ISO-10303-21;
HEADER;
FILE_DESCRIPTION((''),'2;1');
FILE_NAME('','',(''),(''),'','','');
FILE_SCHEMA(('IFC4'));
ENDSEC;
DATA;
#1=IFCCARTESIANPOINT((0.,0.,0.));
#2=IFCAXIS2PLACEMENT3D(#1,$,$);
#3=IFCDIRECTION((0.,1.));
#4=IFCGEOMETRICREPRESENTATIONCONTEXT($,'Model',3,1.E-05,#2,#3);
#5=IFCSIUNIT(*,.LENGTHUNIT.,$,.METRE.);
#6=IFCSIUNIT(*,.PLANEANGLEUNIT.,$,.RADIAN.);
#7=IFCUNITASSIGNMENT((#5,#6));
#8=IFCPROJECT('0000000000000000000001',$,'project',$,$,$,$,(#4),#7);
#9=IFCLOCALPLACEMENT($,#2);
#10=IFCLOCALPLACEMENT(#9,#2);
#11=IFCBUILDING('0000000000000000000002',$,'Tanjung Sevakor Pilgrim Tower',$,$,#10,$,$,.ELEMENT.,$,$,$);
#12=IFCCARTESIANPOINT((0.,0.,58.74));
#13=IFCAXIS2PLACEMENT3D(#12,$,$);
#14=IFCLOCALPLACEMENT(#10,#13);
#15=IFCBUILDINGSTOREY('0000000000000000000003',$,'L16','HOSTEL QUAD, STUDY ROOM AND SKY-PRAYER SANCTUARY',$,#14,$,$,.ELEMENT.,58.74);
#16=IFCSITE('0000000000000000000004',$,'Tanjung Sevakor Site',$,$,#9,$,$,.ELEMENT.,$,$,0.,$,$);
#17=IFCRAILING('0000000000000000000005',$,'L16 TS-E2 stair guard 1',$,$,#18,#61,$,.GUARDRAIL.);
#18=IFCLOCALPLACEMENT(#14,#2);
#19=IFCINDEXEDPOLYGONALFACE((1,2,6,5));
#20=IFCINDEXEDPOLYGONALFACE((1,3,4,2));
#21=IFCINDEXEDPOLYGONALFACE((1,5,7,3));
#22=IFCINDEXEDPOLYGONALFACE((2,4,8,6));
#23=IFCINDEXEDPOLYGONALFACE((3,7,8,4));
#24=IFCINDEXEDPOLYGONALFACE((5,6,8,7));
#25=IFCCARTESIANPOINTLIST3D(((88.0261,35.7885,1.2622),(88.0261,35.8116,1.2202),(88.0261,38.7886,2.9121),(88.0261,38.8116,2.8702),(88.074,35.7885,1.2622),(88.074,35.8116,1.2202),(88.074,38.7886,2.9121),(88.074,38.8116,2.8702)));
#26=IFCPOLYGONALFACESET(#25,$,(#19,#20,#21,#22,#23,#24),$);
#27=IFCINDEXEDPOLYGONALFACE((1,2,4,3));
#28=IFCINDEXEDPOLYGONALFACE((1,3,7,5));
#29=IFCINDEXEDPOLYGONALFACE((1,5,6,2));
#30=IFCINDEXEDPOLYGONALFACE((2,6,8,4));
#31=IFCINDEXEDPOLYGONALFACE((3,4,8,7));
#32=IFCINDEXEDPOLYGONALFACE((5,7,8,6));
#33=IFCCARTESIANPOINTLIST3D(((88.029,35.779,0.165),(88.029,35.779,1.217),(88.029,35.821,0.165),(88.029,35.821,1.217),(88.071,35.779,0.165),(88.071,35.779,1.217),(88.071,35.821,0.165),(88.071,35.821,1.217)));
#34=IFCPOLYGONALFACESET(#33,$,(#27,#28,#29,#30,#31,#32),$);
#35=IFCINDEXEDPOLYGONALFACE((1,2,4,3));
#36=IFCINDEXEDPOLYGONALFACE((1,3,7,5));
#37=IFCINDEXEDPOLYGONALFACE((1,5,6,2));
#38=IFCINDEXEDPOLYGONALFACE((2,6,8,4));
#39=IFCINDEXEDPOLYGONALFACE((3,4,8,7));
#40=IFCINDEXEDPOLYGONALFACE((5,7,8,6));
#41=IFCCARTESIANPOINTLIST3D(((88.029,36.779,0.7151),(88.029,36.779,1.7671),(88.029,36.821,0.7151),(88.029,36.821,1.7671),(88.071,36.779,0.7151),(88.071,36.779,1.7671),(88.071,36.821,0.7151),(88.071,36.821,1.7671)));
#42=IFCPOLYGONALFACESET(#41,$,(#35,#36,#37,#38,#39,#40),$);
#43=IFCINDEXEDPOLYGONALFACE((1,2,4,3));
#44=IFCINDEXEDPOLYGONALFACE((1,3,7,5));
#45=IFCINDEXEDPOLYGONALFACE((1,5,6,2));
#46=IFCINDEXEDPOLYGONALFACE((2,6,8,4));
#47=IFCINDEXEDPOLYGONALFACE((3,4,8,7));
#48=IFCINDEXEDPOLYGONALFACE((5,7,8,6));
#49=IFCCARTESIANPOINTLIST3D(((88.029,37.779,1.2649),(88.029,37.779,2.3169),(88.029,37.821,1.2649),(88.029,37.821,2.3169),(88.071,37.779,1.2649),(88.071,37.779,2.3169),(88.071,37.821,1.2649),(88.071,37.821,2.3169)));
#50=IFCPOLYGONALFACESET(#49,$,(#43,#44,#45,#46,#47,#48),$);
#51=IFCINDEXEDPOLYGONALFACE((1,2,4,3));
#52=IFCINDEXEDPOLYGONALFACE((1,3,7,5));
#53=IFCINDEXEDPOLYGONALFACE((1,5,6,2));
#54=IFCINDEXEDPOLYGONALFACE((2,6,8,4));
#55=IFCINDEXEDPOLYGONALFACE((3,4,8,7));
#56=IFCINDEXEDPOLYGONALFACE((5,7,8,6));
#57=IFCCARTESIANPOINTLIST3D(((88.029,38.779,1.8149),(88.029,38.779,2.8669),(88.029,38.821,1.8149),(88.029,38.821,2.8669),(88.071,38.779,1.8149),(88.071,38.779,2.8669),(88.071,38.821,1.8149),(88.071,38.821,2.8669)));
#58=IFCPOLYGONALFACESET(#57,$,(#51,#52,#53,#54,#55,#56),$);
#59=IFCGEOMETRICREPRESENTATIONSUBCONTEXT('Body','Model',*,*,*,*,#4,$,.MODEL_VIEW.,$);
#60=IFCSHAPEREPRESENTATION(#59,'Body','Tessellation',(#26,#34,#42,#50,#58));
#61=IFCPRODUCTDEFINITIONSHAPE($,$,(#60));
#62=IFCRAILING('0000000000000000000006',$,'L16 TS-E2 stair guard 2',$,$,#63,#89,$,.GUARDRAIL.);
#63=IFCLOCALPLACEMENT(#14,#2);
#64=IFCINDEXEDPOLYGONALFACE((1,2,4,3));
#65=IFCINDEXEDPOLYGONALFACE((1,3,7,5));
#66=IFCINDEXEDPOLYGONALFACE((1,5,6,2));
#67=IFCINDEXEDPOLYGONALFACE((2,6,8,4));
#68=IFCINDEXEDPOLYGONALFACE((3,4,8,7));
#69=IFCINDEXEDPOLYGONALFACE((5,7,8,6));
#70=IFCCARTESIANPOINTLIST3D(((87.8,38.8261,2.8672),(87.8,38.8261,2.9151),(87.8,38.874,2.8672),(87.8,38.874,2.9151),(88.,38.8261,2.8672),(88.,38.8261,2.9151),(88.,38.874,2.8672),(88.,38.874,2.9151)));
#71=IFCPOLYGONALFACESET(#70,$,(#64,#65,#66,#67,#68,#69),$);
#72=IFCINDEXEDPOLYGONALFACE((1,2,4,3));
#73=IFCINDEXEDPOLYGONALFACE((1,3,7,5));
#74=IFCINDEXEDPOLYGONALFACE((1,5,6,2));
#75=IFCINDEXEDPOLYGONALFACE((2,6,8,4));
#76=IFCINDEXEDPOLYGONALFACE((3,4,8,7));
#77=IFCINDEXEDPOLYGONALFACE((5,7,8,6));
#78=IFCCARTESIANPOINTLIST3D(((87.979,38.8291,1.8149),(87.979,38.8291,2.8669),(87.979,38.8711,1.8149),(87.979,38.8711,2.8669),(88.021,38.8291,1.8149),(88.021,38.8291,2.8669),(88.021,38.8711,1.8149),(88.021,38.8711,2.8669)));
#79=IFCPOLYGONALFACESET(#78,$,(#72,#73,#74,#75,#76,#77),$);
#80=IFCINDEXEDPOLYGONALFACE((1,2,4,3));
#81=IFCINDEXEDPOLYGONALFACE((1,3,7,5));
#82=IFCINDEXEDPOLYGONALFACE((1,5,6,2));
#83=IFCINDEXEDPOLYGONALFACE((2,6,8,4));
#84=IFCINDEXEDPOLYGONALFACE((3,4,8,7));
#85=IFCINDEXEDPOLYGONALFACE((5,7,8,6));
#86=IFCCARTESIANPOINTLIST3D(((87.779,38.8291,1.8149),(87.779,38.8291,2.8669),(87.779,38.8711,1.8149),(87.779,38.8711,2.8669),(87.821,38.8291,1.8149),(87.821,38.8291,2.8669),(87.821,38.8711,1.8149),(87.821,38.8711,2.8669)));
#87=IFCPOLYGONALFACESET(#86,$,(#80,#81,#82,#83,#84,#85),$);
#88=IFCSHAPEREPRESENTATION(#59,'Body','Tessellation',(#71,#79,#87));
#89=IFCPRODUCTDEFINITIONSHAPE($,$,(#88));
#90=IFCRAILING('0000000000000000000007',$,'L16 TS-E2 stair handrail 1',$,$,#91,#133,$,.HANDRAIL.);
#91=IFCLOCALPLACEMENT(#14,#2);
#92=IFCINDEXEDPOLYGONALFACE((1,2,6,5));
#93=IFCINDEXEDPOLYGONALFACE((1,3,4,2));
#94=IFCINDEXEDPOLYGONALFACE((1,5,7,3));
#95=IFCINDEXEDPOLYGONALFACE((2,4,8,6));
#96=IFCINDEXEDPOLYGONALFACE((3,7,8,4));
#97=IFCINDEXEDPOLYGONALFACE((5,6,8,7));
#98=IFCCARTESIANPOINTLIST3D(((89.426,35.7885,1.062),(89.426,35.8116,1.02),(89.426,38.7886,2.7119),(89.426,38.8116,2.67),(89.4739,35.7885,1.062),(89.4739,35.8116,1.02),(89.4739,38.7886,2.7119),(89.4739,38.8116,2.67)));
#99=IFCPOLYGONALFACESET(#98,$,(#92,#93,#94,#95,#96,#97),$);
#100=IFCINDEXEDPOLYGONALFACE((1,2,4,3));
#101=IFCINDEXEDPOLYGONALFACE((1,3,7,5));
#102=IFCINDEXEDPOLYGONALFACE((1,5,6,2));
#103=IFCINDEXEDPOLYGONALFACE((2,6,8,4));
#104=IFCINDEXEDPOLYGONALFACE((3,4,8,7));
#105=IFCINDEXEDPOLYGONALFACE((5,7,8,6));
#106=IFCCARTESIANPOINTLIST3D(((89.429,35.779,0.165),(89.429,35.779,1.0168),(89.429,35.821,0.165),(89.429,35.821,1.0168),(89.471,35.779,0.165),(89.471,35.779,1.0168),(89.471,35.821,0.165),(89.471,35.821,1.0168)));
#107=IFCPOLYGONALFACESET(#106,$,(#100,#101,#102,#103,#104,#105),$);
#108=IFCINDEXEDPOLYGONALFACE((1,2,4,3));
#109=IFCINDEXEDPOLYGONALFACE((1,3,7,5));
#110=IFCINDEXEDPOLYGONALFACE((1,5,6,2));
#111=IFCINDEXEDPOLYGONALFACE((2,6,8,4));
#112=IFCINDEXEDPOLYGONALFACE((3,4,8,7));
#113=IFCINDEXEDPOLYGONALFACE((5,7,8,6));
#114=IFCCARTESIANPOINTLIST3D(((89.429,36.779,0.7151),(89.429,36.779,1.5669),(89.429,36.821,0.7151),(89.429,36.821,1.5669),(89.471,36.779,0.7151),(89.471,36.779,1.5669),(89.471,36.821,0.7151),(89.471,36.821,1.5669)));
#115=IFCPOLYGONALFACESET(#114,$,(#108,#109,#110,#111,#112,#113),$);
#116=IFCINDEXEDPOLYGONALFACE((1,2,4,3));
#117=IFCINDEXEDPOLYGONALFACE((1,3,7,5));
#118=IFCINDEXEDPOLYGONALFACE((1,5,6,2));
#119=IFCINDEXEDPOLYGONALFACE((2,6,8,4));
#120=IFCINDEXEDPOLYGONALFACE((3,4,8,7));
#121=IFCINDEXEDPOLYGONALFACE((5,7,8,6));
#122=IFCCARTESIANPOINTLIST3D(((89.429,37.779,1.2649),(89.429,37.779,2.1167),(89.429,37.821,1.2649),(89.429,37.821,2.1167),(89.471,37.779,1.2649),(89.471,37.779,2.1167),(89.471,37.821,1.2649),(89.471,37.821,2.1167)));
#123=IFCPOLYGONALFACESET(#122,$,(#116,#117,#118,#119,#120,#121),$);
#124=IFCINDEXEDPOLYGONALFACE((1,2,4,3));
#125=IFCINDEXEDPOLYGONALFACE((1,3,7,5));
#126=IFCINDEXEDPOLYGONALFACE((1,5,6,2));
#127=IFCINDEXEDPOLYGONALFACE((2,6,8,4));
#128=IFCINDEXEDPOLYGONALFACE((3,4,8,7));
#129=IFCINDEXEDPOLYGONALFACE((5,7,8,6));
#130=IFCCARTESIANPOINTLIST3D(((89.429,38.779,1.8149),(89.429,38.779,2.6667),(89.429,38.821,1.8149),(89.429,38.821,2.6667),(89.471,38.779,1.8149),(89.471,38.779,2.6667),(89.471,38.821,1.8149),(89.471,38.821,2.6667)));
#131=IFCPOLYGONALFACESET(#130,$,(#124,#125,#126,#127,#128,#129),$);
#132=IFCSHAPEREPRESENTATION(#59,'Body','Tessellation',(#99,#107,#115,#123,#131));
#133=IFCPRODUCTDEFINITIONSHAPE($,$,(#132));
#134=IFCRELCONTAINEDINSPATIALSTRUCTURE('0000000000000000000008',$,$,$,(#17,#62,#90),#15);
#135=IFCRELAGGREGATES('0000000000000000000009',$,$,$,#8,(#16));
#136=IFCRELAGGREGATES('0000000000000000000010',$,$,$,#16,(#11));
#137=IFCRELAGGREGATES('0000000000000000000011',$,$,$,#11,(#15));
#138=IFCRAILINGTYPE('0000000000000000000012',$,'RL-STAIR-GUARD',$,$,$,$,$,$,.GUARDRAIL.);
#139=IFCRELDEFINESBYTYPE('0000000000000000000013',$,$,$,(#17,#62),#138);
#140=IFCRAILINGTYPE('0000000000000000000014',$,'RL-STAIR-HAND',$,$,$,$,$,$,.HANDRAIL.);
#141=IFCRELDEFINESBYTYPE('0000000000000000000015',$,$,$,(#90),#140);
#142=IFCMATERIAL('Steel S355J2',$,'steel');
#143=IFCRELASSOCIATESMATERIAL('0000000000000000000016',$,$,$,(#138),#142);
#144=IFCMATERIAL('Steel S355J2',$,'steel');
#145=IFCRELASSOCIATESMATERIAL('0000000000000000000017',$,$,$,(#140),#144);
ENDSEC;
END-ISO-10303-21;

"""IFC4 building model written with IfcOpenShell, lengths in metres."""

from ifc_helpers import new_model, si_unit, direction, frame, origin, place, context, subcontext, project, spatial, rectangle, extrude, material, type_object, element, save


model = new_model("IFC4")

# Units and contexts
model_context = context("Model", 3, precision=1e-05, world=origin(), true_north=direction((0.0, 1.0)))
body_context = subcontext(model_context, "Body", "Model", "MODEL_VIEW")
ifc_project = project(units=[si_unit("LENGTHUNIT", "METRE"), si_unit("PLANEANGLEUNIT", "RADIAN")], contexts=[model_context])

# Site, building, storey
site_placement = place(None, origin())
site = spatial("IfcSite", under=ifc_project, at=site_placement, Name="Tanjung Sevakor Site", CompositionType="ELEMENT", RefElevation=0.0)
building_placement = place(site_placement, origin())
building = spatial("IfcBuilding", under=site, at=building_placement, Name="Tanjung Sevakor Pilgrim Tower", CompositionType="ELEMENT")
storey_placement = place(building_placement, frame((0.0, 0.0, 58.74)))
storey = spatial("IfcBuildingStorey", under=building, at=storey_placement, Name="L16", Description="HOSTEL QUAD, STUDY ROOM AND SKY-PRAYER SANCTUARY", CompositionType="ELEMENT", Elevation=58.74)

# Railings
ifc_material_1 = material(Name="Steel S355J2", Category="steel")
railing_type_1 = type_object("IfcRailingType", Name="RL-STAIR-GUARD", PredefinedType="GUARDRAIL", material=ifc_material_1)
railing_1_placement = place(storey_placement, frame((88.05, 35.8, 0.165)))
element("IfcRailing", 1, at=railing_1_placement, inside=storey, type_object=railing_type_1, Name="L16 TS-E2 stair guard 1", PredefinedType="GUARDRAIL", context=body_context, shape_type="SweptSolid", body=[
    extrude(rectangle(XDim=0.0479, YDim=0.0479), frame((0.0, 0.0, 1.0762), z_axis=(0.0, 0.876228, 0.481897), x_axis=(-1.0, 0.0, 0.0)), (0.0, 0.0, 1.0), 3.4238),
    extrude(rectangle(XDim=0.042, YDim=0.042), origin(), (0.0, 0.0, 1.0), 1.052),
    extrude(rectangle(XDim=0.042, YDim=0.042), frame((0.0, 1.0, 0.55)), (0.0, 0.0, 1.0), 1.052),
    extrude(rectangle(XDim=0.042, YDim=0.042), frame((0.0, 2.0, 1.0999)), (0.0, 0.0, 1.0), 1.052),
    extrude(rectangle(XDim=0.042, YDim=0.042), frame((0.0, 3.0, 1.6499)), (0.0, 0.0, 1.0), 1.052),
])
railing_2_placement = place(storey_placement, frame((88.0, 38.8501, 1.8149)))
element("IfcRailing", 2, at=railing_2_placement, inside=storey, type_object=railing_type_1, Name="L16 TS-E2 stair guard 2", PredefinedType="GUARDRAIL", context=body_context, shape_type="SweptSolid", body=[
    extrude(rectangle(XDim=0.0479, YDim=0.0479), frame((0.0, 0.0, 1.0762), z_axis=(-1.0, 0.0, 0.0), x_axis=(0.0, -1.0, 0.0)), (0.0, 0.0, 1.0), 0.2),
    extrude(rectangle(XDim=0.042, YDim=0.042), origin(), (0.0, 0.0, 1.0), 1.052),
    extrude(rectangle(XDim=0.042, YDim=0.042), frame((-0.2, 0.0, 0.0)), (0.0, 0.0, 1.0), 1.052),
])
ifc_material_2 = material(Name="Steel S355J2", Category="steel")
railing_type_2 = type_object("IfcRailingType", Name="RL-STAIR-HAND", PredefinedType="HANDRAIL", material=ifc_material_2)
railing_3_placement = place(storey_placement, frame((89.45, 35.8, 0.165)))
element("IfcRailing", 3, at=railing_3_placement, inside=storey, type_object=railing_type_2, Name="L16 TS-E2 stair handrail 1", PredefinedType="HANDRAIL", context=body_context, shape_type="SweptSolid", body=[
    extrude(rectangle(XDim=0.0479, YDim=0.0479), frame((0.0, 0.0, 0.876), z_axis=(0.0, 0.876228, 0.481897), x_axis=(-1.0, 0.0, 0.0)), (0.0, 0.0, 1.0), 3.4238),
    extrude(rectangle(XDim=0.042, YDim=0.042), origin(), (0.0, 0.0, 1.0), 0.8518),
    extrude(rectangle(XDim=0.042, YDim=0.042), frame((0.0, 1.0, 0.55)), (0.0, 0.0, 1.0), 0.8518),
    extrude(rectangle(XDim=0.042, YDim=0.042), frame((0.0, 2.0, 1.0999)), (0.0, 0.0, 1.0), 0.8518),
    extrude(rectangle(XDim=0.042, YDim=0.042), frame((0.0, 3.0, 1.6499)), (0.0, 0.0, 1.0), 0.8518),
])

save(model, "model.ifc")
